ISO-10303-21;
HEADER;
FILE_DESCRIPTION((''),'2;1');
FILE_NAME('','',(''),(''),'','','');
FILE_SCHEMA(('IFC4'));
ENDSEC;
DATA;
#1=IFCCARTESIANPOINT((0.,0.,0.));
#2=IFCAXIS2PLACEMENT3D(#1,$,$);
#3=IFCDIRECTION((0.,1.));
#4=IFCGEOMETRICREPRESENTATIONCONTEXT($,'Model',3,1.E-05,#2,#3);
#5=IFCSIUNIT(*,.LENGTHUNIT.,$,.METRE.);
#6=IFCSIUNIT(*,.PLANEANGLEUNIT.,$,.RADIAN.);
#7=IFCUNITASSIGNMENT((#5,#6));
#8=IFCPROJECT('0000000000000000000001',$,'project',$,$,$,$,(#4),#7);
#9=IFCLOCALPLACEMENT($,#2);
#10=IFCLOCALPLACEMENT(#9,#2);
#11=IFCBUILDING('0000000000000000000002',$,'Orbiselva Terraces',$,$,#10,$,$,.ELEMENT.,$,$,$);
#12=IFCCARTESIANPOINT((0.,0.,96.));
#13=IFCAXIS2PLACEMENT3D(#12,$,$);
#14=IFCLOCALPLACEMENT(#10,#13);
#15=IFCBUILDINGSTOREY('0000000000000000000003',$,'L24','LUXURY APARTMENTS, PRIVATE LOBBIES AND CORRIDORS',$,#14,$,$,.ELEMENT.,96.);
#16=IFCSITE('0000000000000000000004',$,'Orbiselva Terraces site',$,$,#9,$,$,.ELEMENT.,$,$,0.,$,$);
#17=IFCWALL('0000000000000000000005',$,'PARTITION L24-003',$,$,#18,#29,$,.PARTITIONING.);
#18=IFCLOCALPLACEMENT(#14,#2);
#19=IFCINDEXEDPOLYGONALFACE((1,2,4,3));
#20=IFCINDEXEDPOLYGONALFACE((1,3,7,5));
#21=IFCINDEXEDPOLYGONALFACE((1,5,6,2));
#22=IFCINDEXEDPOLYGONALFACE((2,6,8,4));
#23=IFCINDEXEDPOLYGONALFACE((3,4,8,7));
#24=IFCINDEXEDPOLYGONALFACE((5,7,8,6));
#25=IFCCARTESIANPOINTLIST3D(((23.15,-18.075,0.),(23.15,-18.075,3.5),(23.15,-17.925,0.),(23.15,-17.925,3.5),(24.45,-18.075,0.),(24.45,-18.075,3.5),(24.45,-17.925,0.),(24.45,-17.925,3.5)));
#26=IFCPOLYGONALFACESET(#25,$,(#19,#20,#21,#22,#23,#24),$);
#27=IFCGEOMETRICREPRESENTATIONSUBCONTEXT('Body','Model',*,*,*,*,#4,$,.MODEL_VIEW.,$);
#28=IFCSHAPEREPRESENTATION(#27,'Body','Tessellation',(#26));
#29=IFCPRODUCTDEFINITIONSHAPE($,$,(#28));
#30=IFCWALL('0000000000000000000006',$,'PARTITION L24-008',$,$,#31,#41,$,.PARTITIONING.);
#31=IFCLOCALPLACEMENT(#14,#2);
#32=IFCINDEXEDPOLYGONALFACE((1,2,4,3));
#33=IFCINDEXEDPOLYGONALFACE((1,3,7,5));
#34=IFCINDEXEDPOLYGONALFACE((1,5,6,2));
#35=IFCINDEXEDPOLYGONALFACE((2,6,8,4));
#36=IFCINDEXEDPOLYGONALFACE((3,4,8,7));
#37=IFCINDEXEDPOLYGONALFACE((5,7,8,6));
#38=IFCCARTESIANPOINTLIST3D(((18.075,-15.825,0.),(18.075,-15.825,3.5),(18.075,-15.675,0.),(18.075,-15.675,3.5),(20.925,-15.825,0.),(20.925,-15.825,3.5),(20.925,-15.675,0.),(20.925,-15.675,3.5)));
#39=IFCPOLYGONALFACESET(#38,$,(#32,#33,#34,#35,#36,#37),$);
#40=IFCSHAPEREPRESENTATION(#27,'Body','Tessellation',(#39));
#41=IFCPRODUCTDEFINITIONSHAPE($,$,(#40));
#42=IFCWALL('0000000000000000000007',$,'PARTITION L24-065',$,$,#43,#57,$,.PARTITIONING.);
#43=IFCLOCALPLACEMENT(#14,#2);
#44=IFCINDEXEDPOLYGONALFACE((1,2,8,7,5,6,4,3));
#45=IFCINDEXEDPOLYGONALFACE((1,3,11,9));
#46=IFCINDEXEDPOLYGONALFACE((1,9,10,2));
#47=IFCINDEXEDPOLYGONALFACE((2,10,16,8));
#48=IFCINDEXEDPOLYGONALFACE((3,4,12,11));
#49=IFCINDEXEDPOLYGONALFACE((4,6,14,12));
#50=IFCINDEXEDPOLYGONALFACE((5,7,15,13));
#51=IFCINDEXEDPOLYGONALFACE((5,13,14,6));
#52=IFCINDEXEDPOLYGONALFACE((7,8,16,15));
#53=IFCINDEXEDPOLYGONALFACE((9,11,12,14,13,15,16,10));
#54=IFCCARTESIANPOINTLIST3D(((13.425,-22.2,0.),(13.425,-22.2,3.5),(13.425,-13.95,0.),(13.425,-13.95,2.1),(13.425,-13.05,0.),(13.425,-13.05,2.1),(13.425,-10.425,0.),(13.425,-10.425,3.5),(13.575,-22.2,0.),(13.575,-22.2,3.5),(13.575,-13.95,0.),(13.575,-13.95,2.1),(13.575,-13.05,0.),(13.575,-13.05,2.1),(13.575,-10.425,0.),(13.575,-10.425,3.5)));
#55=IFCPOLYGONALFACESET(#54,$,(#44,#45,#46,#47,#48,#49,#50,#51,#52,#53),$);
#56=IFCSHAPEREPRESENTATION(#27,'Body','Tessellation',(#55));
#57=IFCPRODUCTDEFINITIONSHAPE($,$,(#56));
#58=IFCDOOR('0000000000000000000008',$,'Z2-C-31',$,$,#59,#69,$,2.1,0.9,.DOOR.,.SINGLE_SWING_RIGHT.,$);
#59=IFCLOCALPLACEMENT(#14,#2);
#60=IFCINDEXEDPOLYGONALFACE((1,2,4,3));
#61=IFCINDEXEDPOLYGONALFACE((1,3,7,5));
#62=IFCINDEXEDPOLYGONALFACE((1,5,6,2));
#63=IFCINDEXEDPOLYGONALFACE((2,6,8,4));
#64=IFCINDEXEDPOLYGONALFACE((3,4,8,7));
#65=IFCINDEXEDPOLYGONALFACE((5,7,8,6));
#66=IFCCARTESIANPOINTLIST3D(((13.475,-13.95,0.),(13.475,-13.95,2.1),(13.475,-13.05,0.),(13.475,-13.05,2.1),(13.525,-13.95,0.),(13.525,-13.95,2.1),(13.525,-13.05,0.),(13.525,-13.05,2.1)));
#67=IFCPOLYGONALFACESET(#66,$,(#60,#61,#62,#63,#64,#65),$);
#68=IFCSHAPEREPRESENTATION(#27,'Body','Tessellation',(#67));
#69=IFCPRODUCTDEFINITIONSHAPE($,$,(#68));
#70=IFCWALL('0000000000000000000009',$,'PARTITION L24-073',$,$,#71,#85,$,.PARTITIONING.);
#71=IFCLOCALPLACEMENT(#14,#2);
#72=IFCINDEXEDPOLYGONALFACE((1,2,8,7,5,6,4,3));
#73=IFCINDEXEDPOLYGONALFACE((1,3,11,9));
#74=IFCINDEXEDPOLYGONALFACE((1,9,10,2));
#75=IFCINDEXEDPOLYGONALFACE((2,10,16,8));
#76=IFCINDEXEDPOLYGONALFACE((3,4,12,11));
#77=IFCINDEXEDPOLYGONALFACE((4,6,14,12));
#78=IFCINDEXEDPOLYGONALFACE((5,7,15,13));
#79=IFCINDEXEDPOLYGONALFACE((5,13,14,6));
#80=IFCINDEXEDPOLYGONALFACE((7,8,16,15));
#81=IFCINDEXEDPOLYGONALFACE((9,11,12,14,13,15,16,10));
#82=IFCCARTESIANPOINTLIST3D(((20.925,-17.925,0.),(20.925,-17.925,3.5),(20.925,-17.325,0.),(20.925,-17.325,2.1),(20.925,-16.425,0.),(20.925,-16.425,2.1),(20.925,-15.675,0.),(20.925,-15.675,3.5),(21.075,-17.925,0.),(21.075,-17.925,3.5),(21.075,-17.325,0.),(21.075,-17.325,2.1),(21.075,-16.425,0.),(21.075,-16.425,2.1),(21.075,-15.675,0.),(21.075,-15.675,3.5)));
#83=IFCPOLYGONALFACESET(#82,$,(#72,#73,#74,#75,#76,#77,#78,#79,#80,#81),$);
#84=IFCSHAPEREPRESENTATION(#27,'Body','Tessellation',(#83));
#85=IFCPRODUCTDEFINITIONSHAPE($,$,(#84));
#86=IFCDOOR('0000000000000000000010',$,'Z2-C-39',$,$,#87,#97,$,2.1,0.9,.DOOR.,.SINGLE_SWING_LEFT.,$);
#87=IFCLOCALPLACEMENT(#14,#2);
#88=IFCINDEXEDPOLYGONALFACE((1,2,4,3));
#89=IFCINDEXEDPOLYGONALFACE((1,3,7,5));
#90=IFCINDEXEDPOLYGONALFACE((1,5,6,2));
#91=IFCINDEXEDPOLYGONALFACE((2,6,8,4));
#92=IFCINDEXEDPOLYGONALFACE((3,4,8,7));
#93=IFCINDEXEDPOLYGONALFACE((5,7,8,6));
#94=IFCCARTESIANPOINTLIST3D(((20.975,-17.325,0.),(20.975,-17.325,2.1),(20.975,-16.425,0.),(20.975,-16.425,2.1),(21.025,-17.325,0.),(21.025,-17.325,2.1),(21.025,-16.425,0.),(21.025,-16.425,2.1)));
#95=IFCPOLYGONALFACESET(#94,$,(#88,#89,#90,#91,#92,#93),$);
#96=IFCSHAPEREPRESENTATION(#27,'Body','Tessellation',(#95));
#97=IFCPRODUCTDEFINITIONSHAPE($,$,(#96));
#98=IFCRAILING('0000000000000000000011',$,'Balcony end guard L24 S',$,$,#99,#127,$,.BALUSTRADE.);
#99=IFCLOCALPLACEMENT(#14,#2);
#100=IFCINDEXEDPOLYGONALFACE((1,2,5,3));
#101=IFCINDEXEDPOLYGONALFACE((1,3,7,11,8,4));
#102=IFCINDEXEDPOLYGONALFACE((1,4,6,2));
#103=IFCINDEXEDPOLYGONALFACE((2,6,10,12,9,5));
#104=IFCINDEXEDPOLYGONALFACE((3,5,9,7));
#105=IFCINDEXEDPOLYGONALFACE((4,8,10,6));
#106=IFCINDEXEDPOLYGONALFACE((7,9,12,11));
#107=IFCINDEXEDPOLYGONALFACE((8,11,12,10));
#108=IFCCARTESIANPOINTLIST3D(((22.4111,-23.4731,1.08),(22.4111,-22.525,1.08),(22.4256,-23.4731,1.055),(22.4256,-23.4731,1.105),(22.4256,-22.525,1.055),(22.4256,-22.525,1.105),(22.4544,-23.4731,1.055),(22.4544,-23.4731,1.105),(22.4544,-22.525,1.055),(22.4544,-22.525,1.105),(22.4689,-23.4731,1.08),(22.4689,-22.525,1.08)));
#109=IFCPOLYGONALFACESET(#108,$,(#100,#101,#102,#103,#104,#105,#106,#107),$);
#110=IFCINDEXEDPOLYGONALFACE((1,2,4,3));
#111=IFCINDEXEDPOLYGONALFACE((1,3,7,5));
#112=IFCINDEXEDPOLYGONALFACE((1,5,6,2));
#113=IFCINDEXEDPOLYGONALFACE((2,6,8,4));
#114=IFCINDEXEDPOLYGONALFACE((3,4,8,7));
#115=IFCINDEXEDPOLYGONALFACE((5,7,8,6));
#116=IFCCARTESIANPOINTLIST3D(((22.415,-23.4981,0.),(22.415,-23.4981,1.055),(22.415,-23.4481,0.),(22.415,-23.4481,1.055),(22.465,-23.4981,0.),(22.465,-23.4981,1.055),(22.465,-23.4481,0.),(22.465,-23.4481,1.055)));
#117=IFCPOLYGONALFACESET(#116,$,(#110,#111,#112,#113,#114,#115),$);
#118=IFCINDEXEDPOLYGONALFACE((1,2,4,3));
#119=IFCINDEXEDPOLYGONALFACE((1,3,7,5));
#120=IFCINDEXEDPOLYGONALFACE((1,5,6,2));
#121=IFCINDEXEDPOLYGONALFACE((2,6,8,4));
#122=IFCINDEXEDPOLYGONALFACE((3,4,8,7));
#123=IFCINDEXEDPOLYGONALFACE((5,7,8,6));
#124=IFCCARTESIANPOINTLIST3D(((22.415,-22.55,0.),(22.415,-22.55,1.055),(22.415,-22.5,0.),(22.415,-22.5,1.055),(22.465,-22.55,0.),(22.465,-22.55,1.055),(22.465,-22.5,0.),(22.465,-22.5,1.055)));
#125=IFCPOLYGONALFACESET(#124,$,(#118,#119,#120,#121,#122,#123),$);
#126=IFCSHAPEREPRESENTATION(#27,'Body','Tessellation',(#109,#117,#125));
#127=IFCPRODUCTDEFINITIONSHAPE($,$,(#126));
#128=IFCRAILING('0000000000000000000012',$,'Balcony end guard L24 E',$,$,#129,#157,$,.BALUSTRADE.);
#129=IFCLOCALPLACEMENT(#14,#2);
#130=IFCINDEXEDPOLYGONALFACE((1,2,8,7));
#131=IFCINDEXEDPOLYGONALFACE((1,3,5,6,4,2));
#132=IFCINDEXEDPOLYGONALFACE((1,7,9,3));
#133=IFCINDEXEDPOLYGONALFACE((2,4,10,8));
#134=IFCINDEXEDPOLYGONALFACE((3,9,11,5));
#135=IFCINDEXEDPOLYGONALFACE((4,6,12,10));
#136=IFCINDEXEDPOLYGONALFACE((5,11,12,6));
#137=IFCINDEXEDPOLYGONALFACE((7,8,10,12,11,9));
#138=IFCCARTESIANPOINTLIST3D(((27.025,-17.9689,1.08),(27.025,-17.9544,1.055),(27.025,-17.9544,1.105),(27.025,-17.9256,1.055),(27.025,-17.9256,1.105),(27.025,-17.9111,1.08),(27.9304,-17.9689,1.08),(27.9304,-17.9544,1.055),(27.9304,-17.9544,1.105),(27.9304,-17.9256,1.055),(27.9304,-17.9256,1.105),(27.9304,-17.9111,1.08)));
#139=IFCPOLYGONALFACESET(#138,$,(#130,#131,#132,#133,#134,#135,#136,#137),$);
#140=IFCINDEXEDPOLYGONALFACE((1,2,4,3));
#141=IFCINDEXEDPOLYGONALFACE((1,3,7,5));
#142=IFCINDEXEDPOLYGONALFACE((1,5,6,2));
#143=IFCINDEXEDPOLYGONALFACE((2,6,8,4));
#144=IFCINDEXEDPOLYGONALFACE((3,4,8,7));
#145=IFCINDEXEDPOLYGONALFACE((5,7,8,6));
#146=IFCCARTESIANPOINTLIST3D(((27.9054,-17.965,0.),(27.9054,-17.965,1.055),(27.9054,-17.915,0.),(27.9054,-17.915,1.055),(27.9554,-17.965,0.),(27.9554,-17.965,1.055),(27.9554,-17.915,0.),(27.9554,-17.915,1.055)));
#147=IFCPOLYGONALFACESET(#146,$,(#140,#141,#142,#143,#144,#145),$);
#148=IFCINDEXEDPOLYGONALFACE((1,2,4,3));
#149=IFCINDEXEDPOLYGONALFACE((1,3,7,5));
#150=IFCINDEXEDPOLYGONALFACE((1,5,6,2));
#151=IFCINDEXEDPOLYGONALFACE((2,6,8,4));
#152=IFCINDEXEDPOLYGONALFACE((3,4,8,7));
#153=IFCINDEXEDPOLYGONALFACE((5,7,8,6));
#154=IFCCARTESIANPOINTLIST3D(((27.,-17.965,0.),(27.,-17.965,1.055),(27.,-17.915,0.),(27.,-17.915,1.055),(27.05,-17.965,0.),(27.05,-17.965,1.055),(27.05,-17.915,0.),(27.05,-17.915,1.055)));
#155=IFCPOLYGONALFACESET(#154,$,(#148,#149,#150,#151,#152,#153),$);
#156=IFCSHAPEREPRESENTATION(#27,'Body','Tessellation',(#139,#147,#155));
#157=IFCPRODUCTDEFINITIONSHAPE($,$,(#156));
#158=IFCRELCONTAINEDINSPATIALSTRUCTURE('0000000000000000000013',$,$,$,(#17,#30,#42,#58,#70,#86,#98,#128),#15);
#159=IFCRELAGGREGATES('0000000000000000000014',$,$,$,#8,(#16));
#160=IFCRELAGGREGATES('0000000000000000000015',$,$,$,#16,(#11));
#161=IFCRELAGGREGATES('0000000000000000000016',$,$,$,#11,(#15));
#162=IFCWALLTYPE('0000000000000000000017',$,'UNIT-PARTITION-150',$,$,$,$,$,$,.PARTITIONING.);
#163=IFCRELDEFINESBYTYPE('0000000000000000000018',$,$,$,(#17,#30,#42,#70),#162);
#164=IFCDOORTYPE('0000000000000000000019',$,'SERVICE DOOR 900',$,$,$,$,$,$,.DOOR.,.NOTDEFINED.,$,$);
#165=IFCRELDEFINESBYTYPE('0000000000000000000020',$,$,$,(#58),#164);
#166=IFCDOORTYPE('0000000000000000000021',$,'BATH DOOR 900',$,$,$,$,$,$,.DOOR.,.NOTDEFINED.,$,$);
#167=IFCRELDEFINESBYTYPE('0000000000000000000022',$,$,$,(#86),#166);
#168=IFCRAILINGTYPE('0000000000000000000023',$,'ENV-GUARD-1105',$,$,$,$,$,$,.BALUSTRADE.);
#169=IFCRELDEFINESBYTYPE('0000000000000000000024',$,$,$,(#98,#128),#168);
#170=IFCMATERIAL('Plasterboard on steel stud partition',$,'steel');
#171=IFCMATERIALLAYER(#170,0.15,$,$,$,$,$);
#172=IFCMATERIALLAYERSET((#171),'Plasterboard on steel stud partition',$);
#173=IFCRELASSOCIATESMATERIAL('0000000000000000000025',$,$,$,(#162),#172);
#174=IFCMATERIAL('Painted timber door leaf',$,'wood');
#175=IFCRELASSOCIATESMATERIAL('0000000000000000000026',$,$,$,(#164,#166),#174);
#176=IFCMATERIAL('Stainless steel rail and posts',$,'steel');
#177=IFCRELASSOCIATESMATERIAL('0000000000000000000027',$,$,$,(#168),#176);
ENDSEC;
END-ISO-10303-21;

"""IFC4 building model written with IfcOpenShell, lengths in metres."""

from ifc_helpers import new_model, si_unit, direction, frame, frame_2d, origin, origin_2d, place, context, subcontext, project, spatial, polyline, rectangle, outline, extrude, material, layer, layer_set, type_object, element, fill, save


model = new_model("IFC4")

# Units and contexts
model_context = context("Model", 3, precision=1e-05, world=origin(), true_north=direction((0.0, 1.0)))
body_context = subcontext(model_context, "Body", "Model", "MODEL_VIEW")
ifc_project = project(units=[si_unit("LENGTHUNIT", "METRE"), si_unit("PLANEANGLEUNIT", "RADIAN")], contexts=[model_context])

# Site, building, storey
site_placement = place(None, origin())
site = spatial("IfcSite", under=ifc_project, at=site_placement, Name="Orbiselva Terraces site", CompositionType="ELEMENT", RefElevation=0.0)
building_placement = place(site_placement, origin())
building = spatial("IfcBuilding", under=site, at=building_placement, Name="Orbiselva Terraces", CompositionType="ELEMENT")
storey_placement = place(building_placement, frame((0.0, 0.0, 96.0)))
storey = spatial("IfcBuildingStorey", under=building, at=storey_placement, Name="L24", Description="LUXURY APARTMENTS, PRIVATE LOBBIES AND CORRIDORS", CompositionType="ELEMENT", Elevation=96.0)

# Walls
ifc_material_1 = material(Name="Plasterboard on steel stud partition", Category="steel")
ifc_layer_1 = layer(ifc_material_1, 0.15)
ifc_layer_set_1 = layer_set([ifc_layer_1], Name="Plasterboard on steel stud partition")
wall_type_1 = type_object("IfcWallType", Name="UNIT-PARTITION-150", PredefinedType="PARTITIONING", material=ifc_layer_set_1)
wall_1_placement = place(storey_placement, frame((23.15, -18.0, 0.0), z_axis=(0.0, 0.0, 1.0), x_axis=(1.0, 0.0, 0.0)))
element("IfcWall", 1, at=wall_1_placement, inside=storey, type_object=wall_type_1, Name="PARTITION L24-003", PredefinedType="PARTITIONING", context=body_context, shape_type="SweptSolid", body=[
    extrude(rectangle(XDim=1.3, YDim=0.15, at=frame_2d((0.65, 0.0))), origin(), (0.0, 0.0, 1.0), 3.5),
])
wall_2_placement = place(storey_placement, frame((18.075, -15.75, 0.0), z_axis=(0.0, 0.0, 1.0), x_axis=(1.0, 0.0, 0.0)))
element("IfcWall", 2, at=wall_2_placement, inside=storey, type_object=wall_type_1, Name="PARTITION L24-008", PredefinedType="PARTITIONING", context=body_context, shape_type="SweptSolid", body=[
    extrude(rectangle(XDim=2.85, YDim=0.15, at=frame_2d((1.425, 0.0))), origin(), (0.0, 0.0, 1.0), 3.5),
])

# Walls, openings, doors
wall_3_placement = place(storey_placement, frame((13.5, -22.2, 0.0), z_axis=(0.0, 0.0, 1.0), x_axis=(0.0, 1.0, 0.0)))
wall_3 = element("IfcWall", 3, at=wall_3_placement, inside=storey, type_object=wall_type_1, Name="PARTITION L24-065", PredefinedType="PARTITIONING", context=body_context, shape_type="SweptSolid", body=[
    extrude(rectangle(XDim=11.775, YDim=0.15, at=frame_2d((5.8875, 0.0))), origin(), (0.0, 0.0, 1.0), 3.5),
])
opening_1_placement = place(wall_3_placement, frame((8.25, 0.0, 0.0)))
opening_1 = element("IfcOpeningElement", 4, at=opening_1_placement, cuts=wall_3, PredefinedType="OPENING", context=body_context, shape_type="SweptSolid", body=[
    extrude(rectangle(XDim=0.9, YDim=2.1, at=frame_2d((0.45, 1.05))), frame((0.0, 0.085, 0.0), z_axis=(0.0, -1.0, 0.0), x_axis=(1.0, 0.0, 0.0)), (0.0, 0.0, 1.0), 0.17),
])
ifc_material_2 = material(Name="Painted timber door leaf", Category="wood")
door_type_1 = type_object("IfcDoorType", Name="SERVICE DOOR 900", OperationType="NOTDEFINED", PredefinedType="DOOR", material=ifc_material_2)
door_1_placement = place(opening_1_placement, origin())
door_1 = element("IfcDoor", 5, at=door_1_placement, inside=storey, type_object=door_type_1, Name="Z2-C-31", OperationType="SINGLE_SWING_RIGHT", OverallHeight=2.1, OverallWidth=0.9, PredefinedType="DOOR", context=body_context, shape_type="SweptSolid", body=[
    extrude(rectangle(XDim=0.9, YDim=2.1, at=frame_2d((0.45, 1.05))), frame((0.0, 0.025, 0.0), z_axis=(0.0, -1.0, 0.0), x_axis=(1.0, 0.0, 0.0)), (0.0, 0.0, 1.0), 0.05),
])
fill(opening_1, door_1)
wall_4_placement = place(storey_placement, frame((21.0, -17.925, 0.0), z_axis=(0.0, 0.0, 1.0), x_axis=(0.0, 1.0, 0.0)))
wall_4 = element("IfcWall", 6, at=wall_4_placement, inside=storey, type_object=wall_type_1, Name="PARTITION L24-073", PredefinedType="PARTITIONING", context=body_context, shape_type="SweptSolid", body=[
    extrude(rectangle(XDim=2.25, YDim=0.15, at=frame_2d((1.125, 0.0))), origin(), (0.0, 0.0, 1.0), 3.5),
])
opening_2_placement = place(wall_4_placement, frame((0.6, 0.0, 0.0)))
opening_2 = element("IfcOpeningElement", 7, at=opening_2_placement, cuts=wall_4, PredefinedType="OPENING", context=body_context, shape_type="SweptSolid", body=[
    extrude(rectangle(XDim=0.9, YDim=2.1, at=frame_2d((0.45, 1.05))), frame((0.0, 0.085, 0.0), z_axis=(0.0, -1.0, 0.0), x_axis=(1.0, 0.0, 0.0)), (0.0, 0.0, 1.0), 0.17),
])
door_type_2 = type_object("IfcDoorType", Name="BATH DOOR 900", OperationType="NOTDEFINED", PredefinedType="DOOR", material=ifc_material_2)
door_2_placement = place(opening_2_placement, origin())
door_2 = element("IfcDoor", 8, at=door_2_placement, inside=storey, type_object=door_type_2, Name="Z2-C-39", OperationType="SINGLE_SWING_LEFT", OverallHeight=2.1, OverallWidth=0.9, PredefinedType="DOOR", context=body_context, shape_type="SweptSolid", body=[
    extrude(rectangle(XDim=0.9, YDim=2.1, at=frame_2d((0.45, 1.05))), frame((0.0, 0.025, 0.0), z_axis=(0.0, -1.0, 0.0), x_axis=(1.0, 0.0, 0.0)), (0.0, 0.0, 1.0), 0.05),
])
fill(opening_2, door_2)

# Railings
ifc_material_3 = material(Name="Stainless steel rail and posts", Category="steel")
railing_type_1 = type_object("IfcRailingType", Name="ENV-GUARD-1105", PredefinedType="BALUSTRADE", material=ifc_material_3)
railing_1_placement = place(storey_placement, frame((22.44, -23.4731, 0.0)))
element("IfcRailing", 9, at=railing_1_placement, inside=storey, type_object=railing_type_1, Name="Balcony end guard L24 S", PredefinedType="BALUSTRADE", context=body_context, shape_type="SweptSolid", body=[
    extrude(outline(polyline([(0.0289, 0.0), (0.0144, 0.025), (-0.0144, 0.025), (-0.0289, 0.0), (-0.0144, -0.025), (0.0144, -0.025), (0.0289, 0.0)])), frame((0.0, 0.0, 1.08), z_axis=(0.0, 1.0, 0.0), x_axis=(-1.0, 0.0, 0.0)), (0.0, 0.0, 1.0), 0.9481),
    extrude(rectangle(XDim=0.05, YDim=0.05, at=origin_2d()), origin(), (0.0, 0.0, 1.0), 1.055),
    extrude(rectangle(XDim=0.05, YDim=0.05, at=origin_2d()), frame((0.0, 0.9481, 0.0)), (0.0, 0.0, 1.0), 1.055),
])
railing_2_placement = place(storey_placement, frame((27.9304, -17.94, 0.0)))
element("IfcRailing", 10, at=railing_2_placement, inside=storey, type_object=railing_type_1, Name="Balcony end guard L24 E", PredefinedType="BALUSTRADE", context=body_context, shape_type="SweptSolid", body=[
    extrude(outline(polyline([(0.0289, 0.0), (0.0144, 0.025), (-0.0144, 0.025), (-0.0289, 0.0), (-0.0144, -0.025), (0.0144, -0.025), (0.0289, 0.0)])), frame((0.0, 0.0, 1.08), z_axis=(-1.0, 0.0, 0.0), x_axis=(0.0, -1.0, 0.0)), (0.0, 0.0, 1.0), 0.9054),
    extrude(rectangle(XDim=0.05, YDim=0.05, at=origin_2d()), origin(), (0.0, 0.0, 1.0), 1.055),
    extrude(rectangle(XDim=0.05, YDim=0.05, at=origin_2d()), frame((-0.9054, 0.0, 0.0)), (0.0, 0.0, 1.0), 1.055),
])

save(model, "model.ifc")
